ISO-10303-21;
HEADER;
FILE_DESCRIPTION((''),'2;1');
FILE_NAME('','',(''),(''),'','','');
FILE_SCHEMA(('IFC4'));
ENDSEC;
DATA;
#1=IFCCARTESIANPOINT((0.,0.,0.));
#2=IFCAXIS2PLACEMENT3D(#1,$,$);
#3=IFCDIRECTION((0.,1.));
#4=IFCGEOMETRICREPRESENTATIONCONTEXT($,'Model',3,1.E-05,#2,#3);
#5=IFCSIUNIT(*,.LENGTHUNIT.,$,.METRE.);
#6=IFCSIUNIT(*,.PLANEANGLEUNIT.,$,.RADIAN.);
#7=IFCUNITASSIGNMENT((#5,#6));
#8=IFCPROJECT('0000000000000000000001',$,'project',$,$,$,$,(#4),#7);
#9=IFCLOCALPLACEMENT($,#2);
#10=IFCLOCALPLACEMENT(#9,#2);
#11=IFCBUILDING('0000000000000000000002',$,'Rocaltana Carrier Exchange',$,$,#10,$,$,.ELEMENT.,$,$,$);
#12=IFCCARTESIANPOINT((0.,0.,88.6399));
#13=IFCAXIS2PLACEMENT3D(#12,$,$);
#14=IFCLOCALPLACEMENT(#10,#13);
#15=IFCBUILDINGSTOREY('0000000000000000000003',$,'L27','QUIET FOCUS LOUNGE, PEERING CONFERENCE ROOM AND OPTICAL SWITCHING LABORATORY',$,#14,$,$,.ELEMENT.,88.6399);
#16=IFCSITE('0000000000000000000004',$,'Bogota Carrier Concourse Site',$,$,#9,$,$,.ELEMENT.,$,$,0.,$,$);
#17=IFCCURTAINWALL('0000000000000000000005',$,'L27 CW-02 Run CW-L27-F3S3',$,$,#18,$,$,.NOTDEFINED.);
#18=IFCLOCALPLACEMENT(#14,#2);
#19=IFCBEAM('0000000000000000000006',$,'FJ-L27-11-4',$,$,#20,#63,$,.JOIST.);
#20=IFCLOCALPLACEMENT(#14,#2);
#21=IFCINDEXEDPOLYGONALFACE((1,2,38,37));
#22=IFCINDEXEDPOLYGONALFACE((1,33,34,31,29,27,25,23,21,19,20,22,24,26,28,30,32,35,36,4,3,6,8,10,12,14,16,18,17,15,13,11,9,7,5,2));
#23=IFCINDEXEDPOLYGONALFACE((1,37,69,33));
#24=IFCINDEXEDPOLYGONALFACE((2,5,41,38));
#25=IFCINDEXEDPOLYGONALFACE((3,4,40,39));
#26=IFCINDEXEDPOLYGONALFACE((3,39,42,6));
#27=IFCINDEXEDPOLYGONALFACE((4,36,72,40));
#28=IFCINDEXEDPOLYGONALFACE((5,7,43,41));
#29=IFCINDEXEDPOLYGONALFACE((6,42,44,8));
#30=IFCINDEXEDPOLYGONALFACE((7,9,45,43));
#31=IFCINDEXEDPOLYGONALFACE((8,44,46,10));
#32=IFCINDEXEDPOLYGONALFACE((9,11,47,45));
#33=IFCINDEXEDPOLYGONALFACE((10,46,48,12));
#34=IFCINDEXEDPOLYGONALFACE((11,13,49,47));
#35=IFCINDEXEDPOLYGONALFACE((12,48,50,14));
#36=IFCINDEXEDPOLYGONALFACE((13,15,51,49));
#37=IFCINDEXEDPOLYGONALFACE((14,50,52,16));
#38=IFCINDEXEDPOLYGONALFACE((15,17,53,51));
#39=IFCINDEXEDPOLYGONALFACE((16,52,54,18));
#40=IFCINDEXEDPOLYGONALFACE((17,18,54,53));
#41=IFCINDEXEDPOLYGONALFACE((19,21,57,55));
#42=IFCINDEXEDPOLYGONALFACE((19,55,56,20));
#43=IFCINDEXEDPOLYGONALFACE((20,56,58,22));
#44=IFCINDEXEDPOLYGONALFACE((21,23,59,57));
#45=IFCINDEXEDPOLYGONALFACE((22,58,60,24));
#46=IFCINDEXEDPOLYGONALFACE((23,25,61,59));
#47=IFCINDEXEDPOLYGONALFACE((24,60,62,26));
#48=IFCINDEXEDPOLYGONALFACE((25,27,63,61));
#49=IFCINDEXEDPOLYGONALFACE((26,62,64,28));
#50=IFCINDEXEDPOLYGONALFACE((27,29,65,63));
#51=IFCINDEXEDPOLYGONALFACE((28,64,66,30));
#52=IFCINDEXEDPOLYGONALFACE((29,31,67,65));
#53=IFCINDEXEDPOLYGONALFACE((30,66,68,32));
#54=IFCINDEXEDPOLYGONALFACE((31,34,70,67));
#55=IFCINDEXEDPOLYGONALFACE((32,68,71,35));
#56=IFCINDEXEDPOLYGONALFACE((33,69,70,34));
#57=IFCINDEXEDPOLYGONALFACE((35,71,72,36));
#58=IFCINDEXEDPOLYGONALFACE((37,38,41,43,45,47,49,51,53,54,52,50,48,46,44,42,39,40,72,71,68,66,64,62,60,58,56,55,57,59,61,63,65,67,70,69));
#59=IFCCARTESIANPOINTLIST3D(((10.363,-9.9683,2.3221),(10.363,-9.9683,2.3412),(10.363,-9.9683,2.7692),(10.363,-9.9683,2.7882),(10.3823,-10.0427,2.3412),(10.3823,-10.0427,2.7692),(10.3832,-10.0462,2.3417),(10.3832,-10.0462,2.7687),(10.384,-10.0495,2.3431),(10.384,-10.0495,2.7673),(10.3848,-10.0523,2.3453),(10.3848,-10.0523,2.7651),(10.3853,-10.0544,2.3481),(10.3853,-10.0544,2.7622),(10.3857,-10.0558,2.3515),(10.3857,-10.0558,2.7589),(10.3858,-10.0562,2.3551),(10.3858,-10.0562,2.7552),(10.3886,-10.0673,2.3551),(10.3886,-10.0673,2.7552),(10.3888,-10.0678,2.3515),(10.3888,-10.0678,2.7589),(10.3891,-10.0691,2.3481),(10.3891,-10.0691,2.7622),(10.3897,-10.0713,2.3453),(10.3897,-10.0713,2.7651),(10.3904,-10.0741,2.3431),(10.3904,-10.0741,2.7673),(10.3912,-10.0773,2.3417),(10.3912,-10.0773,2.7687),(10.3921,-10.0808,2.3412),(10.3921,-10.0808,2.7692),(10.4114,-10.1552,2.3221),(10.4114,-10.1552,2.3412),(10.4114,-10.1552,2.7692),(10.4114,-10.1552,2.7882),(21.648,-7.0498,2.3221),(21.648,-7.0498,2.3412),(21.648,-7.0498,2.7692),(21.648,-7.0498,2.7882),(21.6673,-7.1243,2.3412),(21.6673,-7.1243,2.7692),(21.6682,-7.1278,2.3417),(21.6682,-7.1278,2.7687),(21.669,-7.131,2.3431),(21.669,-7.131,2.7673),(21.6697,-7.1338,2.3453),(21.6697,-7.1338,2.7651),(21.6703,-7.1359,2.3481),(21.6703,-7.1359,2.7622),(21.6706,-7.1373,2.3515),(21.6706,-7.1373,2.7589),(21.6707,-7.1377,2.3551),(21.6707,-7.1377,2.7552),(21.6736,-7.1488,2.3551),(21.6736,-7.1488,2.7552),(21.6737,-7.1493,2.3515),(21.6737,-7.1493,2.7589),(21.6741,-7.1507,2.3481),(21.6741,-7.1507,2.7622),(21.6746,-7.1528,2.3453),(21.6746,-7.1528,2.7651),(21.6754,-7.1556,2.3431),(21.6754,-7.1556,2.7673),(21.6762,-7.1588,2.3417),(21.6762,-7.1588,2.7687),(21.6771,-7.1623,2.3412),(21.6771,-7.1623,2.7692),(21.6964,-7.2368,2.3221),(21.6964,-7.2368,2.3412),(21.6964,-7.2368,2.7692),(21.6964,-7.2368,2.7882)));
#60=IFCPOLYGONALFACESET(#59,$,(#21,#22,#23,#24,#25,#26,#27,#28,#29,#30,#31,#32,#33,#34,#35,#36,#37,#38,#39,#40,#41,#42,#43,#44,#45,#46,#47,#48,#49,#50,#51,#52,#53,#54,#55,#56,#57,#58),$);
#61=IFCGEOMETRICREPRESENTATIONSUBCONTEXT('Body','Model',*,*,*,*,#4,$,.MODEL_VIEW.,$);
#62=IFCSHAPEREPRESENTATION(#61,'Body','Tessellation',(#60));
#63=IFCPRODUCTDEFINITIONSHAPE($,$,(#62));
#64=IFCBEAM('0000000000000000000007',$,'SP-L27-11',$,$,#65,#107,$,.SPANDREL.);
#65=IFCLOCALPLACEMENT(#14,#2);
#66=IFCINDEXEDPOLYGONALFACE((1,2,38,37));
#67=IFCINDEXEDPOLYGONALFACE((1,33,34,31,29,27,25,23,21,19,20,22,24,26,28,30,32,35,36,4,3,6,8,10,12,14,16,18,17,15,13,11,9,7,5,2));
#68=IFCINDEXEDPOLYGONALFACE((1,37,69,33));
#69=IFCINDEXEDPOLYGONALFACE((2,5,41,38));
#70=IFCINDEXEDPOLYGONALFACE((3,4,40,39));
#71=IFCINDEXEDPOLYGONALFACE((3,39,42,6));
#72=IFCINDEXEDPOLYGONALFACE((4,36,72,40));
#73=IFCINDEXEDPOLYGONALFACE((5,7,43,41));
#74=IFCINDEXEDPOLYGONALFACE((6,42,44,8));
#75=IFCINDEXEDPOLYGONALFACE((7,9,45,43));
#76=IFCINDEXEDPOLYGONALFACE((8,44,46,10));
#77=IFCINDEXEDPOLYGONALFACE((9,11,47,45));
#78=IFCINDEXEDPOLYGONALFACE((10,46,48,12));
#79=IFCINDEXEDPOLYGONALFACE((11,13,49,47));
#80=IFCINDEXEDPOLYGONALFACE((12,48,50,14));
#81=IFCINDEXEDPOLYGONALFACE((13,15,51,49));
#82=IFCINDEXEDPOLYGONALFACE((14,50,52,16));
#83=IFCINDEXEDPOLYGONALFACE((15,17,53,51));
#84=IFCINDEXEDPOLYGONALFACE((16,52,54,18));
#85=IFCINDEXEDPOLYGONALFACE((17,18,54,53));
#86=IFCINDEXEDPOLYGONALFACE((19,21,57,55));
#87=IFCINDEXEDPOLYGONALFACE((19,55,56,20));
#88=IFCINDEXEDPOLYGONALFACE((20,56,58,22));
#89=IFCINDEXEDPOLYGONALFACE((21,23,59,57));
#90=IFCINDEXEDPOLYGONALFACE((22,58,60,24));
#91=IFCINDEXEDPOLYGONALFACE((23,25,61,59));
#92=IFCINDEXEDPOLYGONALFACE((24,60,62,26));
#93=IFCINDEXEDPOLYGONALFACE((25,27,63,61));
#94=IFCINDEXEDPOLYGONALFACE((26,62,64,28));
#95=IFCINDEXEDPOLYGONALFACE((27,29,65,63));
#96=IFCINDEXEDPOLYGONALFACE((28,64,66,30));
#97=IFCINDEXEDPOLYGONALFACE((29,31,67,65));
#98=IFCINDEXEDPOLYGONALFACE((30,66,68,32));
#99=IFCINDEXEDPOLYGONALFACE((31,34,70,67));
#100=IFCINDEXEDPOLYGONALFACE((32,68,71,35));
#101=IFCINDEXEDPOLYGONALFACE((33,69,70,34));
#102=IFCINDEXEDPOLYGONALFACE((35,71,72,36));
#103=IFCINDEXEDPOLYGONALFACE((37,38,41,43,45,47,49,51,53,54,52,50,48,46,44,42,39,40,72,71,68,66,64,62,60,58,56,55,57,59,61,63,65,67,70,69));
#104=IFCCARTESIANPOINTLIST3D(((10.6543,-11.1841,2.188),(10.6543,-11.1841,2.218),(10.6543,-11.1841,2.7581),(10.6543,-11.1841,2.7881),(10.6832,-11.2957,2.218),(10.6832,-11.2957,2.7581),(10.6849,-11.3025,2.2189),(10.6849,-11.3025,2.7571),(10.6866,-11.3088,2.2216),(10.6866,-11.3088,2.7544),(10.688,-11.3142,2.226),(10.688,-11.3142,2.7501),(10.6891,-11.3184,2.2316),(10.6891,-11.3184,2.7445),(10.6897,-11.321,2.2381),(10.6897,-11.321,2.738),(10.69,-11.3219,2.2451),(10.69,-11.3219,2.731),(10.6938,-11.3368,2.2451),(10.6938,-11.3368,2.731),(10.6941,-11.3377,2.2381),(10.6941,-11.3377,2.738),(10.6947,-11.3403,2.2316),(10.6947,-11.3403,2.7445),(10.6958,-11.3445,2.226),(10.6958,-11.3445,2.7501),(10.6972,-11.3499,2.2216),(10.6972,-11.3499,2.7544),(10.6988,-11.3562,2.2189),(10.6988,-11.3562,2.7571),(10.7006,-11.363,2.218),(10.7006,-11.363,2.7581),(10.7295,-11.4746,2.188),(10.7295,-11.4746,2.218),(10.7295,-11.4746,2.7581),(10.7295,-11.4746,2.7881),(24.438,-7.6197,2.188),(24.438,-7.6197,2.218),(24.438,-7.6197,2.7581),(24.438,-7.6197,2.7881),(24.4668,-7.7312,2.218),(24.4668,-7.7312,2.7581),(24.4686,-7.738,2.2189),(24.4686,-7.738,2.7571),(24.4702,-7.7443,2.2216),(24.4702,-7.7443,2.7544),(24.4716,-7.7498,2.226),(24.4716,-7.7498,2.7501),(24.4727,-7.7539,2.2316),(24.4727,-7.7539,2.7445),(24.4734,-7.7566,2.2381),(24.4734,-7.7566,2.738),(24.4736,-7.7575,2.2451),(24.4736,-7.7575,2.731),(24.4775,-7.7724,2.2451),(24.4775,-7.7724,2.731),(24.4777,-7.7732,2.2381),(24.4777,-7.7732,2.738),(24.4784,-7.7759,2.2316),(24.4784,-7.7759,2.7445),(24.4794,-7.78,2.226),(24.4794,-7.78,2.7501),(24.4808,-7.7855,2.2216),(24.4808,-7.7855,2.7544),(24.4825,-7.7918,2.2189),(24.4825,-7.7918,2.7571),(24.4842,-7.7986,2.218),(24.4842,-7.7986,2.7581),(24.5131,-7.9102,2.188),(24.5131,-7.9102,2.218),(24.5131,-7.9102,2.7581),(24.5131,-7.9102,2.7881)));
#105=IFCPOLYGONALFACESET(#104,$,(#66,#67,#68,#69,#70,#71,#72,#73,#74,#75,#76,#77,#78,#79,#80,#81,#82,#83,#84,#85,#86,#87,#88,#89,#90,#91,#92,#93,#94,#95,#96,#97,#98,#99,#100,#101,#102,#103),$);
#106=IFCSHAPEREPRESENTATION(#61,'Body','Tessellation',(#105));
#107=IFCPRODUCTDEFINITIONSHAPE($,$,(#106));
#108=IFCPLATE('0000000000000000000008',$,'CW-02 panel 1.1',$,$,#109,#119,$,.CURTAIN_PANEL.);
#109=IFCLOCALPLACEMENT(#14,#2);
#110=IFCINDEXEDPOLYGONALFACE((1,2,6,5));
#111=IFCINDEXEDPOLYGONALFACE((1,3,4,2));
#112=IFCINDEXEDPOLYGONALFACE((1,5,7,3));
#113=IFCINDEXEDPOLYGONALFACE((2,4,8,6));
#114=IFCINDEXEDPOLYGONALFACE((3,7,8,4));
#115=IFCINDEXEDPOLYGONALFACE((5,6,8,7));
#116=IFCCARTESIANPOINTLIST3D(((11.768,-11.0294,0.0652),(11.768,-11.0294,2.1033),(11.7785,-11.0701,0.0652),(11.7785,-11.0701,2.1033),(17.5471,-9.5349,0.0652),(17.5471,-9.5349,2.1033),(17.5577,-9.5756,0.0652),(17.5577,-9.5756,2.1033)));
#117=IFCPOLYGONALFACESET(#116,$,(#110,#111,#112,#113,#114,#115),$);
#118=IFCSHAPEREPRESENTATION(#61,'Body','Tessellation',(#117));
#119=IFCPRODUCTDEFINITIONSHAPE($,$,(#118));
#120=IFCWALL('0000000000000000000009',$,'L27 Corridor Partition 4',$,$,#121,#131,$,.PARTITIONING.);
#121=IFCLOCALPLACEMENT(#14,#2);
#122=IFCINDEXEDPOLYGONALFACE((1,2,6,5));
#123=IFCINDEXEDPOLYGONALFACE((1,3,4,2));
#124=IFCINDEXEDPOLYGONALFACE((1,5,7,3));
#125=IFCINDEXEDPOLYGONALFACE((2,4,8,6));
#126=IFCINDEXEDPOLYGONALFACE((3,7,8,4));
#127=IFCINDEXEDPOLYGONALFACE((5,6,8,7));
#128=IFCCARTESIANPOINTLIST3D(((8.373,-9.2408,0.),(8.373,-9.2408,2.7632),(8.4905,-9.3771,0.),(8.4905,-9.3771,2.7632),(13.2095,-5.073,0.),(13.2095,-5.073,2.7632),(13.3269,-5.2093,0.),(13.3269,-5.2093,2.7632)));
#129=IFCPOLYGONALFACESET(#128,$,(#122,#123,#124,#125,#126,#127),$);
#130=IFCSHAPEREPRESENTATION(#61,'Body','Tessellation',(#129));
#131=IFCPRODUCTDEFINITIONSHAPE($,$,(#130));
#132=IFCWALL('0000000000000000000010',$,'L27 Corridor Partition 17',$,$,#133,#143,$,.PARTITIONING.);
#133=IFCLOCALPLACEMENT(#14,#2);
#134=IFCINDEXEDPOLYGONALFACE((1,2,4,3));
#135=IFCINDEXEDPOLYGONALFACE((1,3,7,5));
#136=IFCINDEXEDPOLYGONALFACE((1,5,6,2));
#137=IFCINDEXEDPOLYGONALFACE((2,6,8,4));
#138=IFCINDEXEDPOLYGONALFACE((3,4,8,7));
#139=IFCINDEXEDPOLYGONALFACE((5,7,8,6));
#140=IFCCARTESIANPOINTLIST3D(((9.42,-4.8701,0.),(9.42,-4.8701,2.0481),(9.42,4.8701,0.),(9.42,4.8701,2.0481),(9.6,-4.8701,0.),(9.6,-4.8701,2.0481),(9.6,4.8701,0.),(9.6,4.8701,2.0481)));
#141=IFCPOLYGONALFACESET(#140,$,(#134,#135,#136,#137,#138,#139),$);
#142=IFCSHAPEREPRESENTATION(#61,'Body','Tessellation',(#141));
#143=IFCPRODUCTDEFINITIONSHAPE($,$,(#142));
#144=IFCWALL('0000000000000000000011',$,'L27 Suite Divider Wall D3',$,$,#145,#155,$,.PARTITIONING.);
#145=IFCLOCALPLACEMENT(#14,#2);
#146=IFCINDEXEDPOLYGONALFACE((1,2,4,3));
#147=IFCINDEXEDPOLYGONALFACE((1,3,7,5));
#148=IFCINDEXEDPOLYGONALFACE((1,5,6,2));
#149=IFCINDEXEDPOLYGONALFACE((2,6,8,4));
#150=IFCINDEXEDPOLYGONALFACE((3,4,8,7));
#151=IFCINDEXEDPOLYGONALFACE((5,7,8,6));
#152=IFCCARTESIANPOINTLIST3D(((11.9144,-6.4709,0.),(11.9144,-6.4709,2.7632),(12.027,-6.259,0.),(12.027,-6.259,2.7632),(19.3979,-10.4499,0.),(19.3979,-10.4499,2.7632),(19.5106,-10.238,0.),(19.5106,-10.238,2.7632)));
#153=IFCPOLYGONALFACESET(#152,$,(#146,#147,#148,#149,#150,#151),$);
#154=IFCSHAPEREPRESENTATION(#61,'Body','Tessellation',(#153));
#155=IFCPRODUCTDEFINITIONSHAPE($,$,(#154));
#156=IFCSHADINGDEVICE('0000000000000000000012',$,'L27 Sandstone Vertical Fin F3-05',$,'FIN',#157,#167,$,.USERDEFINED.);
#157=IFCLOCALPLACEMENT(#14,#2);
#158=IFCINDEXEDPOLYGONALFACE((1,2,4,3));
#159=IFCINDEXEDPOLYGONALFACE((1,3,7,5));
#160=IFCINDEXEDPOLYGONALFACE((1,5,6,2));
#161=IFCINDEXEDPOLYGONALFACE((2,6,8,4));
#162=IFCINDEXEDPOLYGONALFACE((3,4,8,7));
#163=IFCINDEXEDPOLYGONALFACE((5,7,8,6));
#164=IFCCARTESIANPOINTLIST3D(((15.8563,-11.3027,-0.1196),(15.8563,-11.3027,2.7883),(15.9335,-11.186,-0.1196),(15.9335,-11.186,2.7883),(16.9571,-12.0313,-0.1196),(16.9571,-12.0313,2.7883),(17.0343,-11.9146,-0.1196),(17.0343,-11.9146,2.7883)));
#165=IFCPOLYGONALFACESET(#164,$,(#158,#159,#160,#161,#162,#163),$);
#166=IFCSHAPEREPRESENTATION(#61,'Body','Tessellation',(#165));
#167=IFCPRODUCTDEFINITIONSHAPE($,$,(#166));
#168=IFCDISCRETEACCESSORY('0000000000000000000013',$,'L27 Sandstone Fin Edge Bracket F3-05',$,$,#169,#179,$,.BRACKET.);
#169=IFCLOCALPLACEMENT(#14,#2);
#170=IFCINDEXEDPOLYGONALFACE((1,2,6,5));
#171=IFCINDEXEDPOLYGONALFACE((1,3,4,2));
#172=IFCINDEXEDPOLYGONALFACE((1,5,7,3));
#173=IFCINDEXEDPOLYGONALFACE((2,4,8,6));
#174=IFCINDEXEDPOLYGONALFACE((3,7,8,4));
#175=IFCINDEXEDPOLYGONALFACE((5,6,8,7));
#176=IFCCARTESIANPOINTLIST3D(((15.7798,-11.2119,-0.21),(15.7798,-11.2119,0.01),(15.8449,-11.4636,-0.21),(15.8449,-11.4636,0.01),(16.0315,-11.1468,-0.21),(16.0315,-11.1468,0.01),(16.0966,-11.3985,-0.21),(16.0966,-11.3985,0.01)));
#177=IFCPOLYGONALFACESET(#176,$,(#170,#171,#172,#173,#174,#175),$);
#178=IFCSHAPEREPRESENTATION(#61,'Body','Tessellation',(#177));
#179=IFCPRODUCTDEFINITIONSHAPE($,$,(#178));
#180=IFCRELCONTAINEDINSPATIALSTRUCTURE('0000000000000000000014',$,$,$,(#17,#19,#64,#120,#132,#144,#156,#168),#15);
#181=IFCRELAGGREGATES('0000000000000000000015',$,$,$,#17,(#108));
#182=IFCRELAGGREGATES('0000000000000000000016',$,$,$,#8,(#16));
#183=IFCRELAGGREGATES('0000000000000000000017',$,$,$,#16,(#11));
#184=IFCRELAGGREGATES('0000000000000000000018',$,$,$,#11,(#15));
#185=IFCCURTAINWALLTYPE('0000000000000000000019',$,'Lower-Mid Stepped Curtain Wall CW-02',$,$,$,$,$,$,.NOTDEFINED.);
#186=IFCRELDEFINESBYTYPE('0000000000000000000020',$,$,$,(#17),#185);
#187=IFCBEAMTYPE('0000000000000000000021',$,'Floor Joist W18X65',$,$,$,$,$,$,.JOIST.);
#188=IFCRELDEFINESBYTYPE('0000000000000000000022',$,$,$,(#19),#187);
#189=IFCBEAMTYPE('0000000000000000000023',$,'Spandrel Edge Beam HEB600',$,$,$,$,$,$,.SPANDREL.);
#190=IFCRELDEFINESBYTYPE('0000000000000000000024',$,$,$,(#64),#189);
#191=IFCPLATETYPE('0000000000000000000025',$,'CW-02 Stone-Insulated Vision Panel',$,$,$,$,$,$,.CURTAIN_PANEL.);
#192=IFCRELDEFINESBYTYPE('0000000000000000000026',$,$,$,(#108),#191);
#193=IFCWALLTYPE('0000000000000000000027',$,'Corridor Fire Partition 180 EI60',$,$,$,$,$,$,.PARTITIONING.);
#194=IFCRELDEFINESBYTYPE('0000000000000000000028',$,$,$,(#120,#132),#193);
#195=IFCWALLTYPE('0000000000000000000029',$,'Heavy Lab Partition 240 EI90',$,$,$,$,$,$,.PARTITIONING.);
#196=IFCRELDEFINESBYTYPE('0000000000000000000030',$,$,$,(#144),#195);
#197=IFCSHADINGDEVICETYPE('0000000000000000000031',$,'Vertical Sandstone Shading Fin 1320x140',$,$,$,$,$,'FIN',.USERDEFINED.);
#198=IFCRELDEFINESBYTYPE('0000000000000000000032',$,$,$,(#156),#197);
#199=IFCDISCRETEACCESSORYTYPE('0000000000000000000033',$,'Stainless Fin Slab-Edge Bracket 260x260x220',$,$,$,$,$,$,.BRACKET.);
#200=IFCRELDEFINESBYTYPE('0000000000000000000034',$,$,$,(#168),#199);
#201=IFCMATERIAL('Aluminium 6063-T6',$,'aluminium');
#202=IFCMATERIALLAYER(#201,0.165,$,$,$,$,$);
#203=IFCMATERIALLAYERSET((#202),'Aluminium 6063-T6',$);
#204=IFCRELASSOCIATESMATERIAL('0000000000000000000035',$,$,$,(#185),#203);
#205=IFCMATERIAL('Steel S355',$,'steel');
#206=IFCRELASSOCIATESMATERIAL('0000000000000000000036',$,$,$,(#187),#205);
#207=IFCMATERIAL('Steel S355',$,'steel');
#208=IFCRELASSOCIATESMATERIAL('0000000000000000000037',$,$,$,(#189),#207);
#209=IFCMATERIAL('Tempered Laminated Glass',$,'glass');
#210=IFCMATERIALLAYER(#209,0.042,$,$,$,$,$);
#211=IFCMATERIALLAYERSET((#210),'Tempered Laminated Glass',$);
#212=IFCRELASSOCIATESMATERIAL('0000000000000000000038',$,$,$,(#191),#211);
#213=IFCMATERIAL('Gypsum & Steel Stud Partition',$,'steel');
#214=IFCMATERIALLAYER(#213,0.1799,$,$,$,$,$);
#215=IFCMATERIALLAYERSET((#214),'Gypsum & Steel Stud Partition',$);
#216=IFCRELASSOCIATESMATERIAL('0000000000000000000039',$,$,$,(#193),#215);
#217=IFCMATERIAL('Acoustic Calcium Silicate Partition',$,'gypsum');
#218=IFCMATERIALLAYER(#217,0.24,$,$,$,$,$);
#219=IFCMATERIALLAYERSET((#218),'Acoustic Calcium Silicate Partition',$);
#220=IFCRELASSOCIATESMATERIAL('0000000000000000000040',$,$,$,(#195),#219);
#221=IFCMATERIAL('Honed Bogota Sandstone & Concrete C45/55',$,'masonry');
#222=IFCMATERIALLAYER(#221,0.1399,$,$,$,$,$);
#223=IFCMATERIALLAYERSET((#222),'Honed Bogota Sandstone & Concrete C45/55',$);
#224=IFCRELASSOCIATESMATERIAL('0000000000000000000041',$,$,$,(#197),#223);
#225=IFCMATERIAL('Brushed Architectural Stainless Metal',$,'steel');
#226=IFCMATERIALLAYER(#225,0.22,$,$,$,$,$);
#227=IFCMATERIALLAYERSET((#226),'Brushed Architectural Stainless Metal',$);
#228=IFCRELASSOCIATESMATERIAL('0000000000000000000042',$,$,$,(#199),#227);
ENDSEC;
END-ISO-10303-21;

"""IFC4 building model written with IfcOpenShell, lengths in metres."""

from ifc_helpers import new_model, si_unit, direction, frame, frame_2d, origin, origin_2d, place, context, subcontext, project, spatial, rectangle, i_section, extrude, material, layer, layer_set, material_profile, profile_set, type_object, element, aggregate, save


model = new_model("IFC4")

# Units and contexts
model_context = context("Model", 3, precision=1e-05, world=origin(), true_north=direction((0.0, 1.0)))
body_context = subcontext(model_context, "Body", "Model", "MODEL_VIEW")
ifc_project = project(units=[si_unit("LENGTHUNIT", "METRE"), si_unit("PLANEANGLEUNIT", "RADIAN")], contexts=[model_context])

# Site, building, storey
site_placement = place(None, origin())
site = spatial("IfcSite", under=ifc_project, at=site_placement, Name="Bogota Carrier Concourse Site", CompositionType="ELEMENT", RefElevation=0.0)
building_placement = place(site_placement, origin())
building = spatial("IfcBuilding", under=site, at=building_placement, Name="Rocaltana Carrier Exchange", CompositionType="ELEMENT")
storey_placement = place(building_placement, frame((0.0, 0.0, 88.6399)))
storey = spatial("IfcBuildingStorey", under=building, at=storey_placement, Name="L27", Description="QUIET FOCUS LOUNGE, PEERING CONFERENCE ROOM AND OPTICAL SWITCHING LABORATORY", CompositionType="ELEMENT", Elevation=88.6399)

# Curtain wall
ifc_material_1 = material(Name="Aluminium 6063-T6", Category="aluminium")
ifc_layer_1 = layer(ifc_material_1, 0.165)
ifc_layer_set_1 = layer_set([ifc_layer_1], Name="Aluminium 6063-T6")
curtain_wall_type = type_object("IfcCurtainWallType", Name="Lower-Mid Stepped Curtain Wall CW-02", PredefinedType="NOTDEFINED", material=ifc_layer_set_1)
curtain_wall_placement = place(storey_placement, origin())
curtain_wall = element("IfcCurtainWall", 1, at=curtain_wall_placement, inside=storey, type_object=curtain_wall_type, Name="L27 CW-02 Run CW-L27-F3S3", PredefinedType="NOTDEFINED")

# Beams
ifc_material_2 = material(Name="Steel S355", Category="steel")
ifc_material_profile_1 = material_profile(ifc_material_2, i_section(OverallWidth=0.1931, OverallDepth=0.4661, WebThickness=0.0115, FlangeThickness=0.019, FilletRadius=0.0139, at=origin_2d()), Name="W18X65")
ifc_profile_set_1 = profile_set([ifc_material_profile_1], Name="Steel S355")
beam_type_1 = type_object("IfcBeamType", Name="Floor Joist W18X65", PredefinedType="JOIST", material=ifc_profile_set_1)
beam_1_placement = place(storey_placement, frame((10.3872, -10.0618, 2.5552), z_axis=(0.968148, 0.250378, 0.0), x_axis=(-0.250378, 0.968148, 0.0)))
element("IfcBeam", 2, at=beam_1_placement, inside=storey, type_object=beam_type_1, Name="FJ-L27-11-4", PredefinedType="JOIST", context=body_context, shape_type="SweptSolid", body=[
    extrude(i_section(OverallWidth=0.1931, OverallDepth=0.4661, WebThickness=0.0115, FlangeThickness=0.019, FilletRadius=0.0139, at=origin_2d()), origin(), (0.0, 0.0, 1.0), 11.6562),
])
ifc_material_3 = material(Name="Steel S355", Category="steel")
ifc_material_profile_2 = material_profile(ifc_material_3, i_section(OverallWidth=0.3, OverallDepth=0.6001, WebThickness=0.0154, FlangeThickness=0.03, FilletRadius=0.0271, at=origin_2d()), Name="HEB600")
ifc_profile_set_2 = profile_set([ifc_material_profile_2], Name="Steel S355")
beam_type_2 = type_object("IfcBeamType", Name="Spandrel Edge Beam HEB600", PredefinedType="SPANDREL", material=ifc_profile_set_2)
beam_2_placement = place(storey_placement, frame((10.6919, -11.3293, 2.488), z_axis=(0.968152, 0.250363, 0.0), x_axis=(-0.250363, 0.968152, 0.0)))
element("IfcBeam", 3, at=beam_2_placement, inside=storey, type_object=beam_type_2, Name="SP-L27-11", PredefinedType="SPANDREL", context=body_context, shape_type="SweptSolid", body=[
    extrude(i_section(OverallWidth=0.3, OverallDepth=0.6001, WebThickness=0.0154, FlangeThickness=0.03, FilletRadius=0.0271, at=origin_2d()), origin(), (0.0, 0.0, 1.0), 14.2371),
])

# Plate
ifc_material_4 = material(Name="Tempered Laminated Glass", Category="glass")
ifc_layer_2 = layer(ifc_material_4, 0.042)
ifc_layer_set_2 = layer_set([ifc_layer_2], Name="Tempered Laminated Glass")
plate_type = type_object("IfcPlateType", Name="CW-02 Stone-Insulated Vision Panel", PredefinedType="CURTAIN_PANEL", material=ifc_layer_set_2)
plate_placement = place(storey_placement, frame((14.6628, -10.3025, 0.0652), z_axis=(0.0, 0.0, 1.0), x_axis=(0.96815, 0.25037, 0.0)))
plate = element("IfcPlate", 4, at=plate_placement, type_object=plate_type, Name="CW-02 panel 1.1", PredefinedType="CURTAIN_PANEL", context=body_context, shape_type="SweptSolid", body=[
    extrude(rectangle(XDim=5.9692, YDim=0.042, at=origin_2d()), origin(), (0.0, 0.0, 1.0), 2.0381),
])
aggregate(curtain_wall, [plate])

# Walls
ifc_material_5 = material(Name="Gypsum & Steel Stud Partition", Category="steel")
ifc_layer_3 = layer(ifc_material_5, 0.1799)
ifc_layer_set_3 = layer_set([ifc_layer_3], Name="Gypsum & Steel Stud Partition")
wall_type_1 = type_object("IfcWallType", Name="Corridor Fire Partition 180 EI60", PredefinedType="PARTITIONING", material=ifc_layer_set_3)
wall_1_placement = place(storey_placement, frame((13.2683, -5.1411, 0.0), z_axis=(0.0, 0.0, 1.0), x_axis=(-0.757535, -0.652795, 0.0)))
element("IfcWall", 5, at=wall_1_placement, inside=storey, type_object=wall_type_1, Name="L27 Corridor Partition 4", PredefinedType="PARTITIONING", context=body_context, shape_type="SweptSolid", body=[
    extrude(rectangle(XDim=6.3845, YDim=0.1799, at=frame_2d((3.1924, 0.0))), origin(), (0.0, 0.0, 1.0), 2.7632),
])
wall_2_placement = place(storey_placement, frame((9.51, -4.8701, 0.0), z_axis=(0.0, 0.0, 1.0), x_axis=(0.0, 1.0, 0.0)))
element("IfcWall", 6, at=wall_2_placement, inside=storey, type_object=wall_type_1, Name="L27 Corridor Partition 17", PredefinedType="PARTITIONING", context=body_context, shape_type="SweptSolid", body=[
    extrude(rectangle(XDim=9.7402, YDim=0.1799, at=frame_2d((4.8701, 0.0))), origin(), (0.0, 0.0, 1.0), 2.0481),
])
ifc_material_6 = material(Name="Acoustic Calcium Silicate Partition", Category="gypsum")
ifc_layer_4 = layer(ifc_material_6, 0.24)
ifc_layer_set_4 = layer_set([ifc_layer_4], Name="Acoustic Calcium Silicate Partition")
wall_type_2 = type_object("IfcWallType", Name="Heavy Lab Partition 240 EI90", PredefinedType="PARTITIONING", material=ifc_layer_set_4)
wall_3_placement = place(storey_placement, frame((11.9707, -6.365, 0.0), z_axis=(0.0, 0.0, 1.0), x_axis=(0.882953, -0.469461, 0.0)))
element("IfcWall", 7, at=wall_3_placement, inside=storey, type_object=wall_type_2, Name="L27 Suite Divider Wall D3", PredefinedType="PARTITIONING", context=body_context, shape_type="SweptSolid", body=[
    extrude(rectangle(XDim=8.4756, YDim=0.24, at=frame_2d((4.2378, 0.0))), origin(), (0.0, 0.0, 1.0), 2.7632),
])

# Shading device
ifc_material_7 = material(Name="Honed Bogota Sandstone & Concrete C45/55", Category="masonry")
ifc_layer_5 = layer(ifc_material_7, 0.1399)
ifc_layer_set_5 = layer_set([ifc_layer_5], Name="Honed Bogota Sandstone & Concrete C45/55")
shading_device_type = type_object("IfcShadingDeviceType", Name="Vertical Sandstone Shading Fin 1320x140", ElementType="FIN", PredefinedType="USERDEFINED", material=ifc_layer_set_5)
shading_device_placement = place(storey_placement, frame((16.4453, -11.6086, -0.1196), z_axis=(0.0, 0.0, 1.0), x_axis=(0.833886, -0.551937, 0.0)))
element("IfcShadingDevice", 8, at=shading_device_placement, inside=storey, type_object=shading_device_type, Name="L27 Sandstone Vertical Fin F3-05", ObjectType="FIN", PredefinedType="USERDEFINED", context=body_context, shape_type="SweptSolid", body=[
    extrude(rectangle(XDim=1.3201, YDim=0.1399, at=origin_2d()), origin(), (0.0, 0.0, 1.0), 2.908),
])

# Discrete accessory
ifc_material_8 = material(Name="Brushed Architectural Stainless Metal", Category="steel")
ifc_layer_6 = layer(ifc_material_8, 0.22)
ifc_layer_set_6 = layer_set([ifc_layer_6], Name="Brushed Architectural Stainless Metal")
discrete_accessory_type = type_object("IfcDiscreteAccessoryType", Name="Stainless Fin Slab-Edge Bracket 260x260x220", PredefinedType="BRACKET", material=ifc_layer_set_6)
discrete_accessory_placement = place(storey_placement, frame((15.9382, -11.3052, -0.21), z_axis=(0.0, 0.0, 1.0), x_axis=(0.968148, 0.25038, 0.0)))
element("IfcDiscreteAccessory", 9, at=discrete_accessory_placement, inside=storey, type_object=discrete_accessory_type, Name="L27 Sandstone Fin Edge Bracket F3-05", PredefinedType="BRACKET", context=body_context, shape_type="SweptSolid", body=[
    extrude(rectangle(XDim=0.26, YDim=0.26, at=origin_2d()), origin(), (0.0, 0.0, 1.0), 0.22),
])

save(model, "model.ifc")
